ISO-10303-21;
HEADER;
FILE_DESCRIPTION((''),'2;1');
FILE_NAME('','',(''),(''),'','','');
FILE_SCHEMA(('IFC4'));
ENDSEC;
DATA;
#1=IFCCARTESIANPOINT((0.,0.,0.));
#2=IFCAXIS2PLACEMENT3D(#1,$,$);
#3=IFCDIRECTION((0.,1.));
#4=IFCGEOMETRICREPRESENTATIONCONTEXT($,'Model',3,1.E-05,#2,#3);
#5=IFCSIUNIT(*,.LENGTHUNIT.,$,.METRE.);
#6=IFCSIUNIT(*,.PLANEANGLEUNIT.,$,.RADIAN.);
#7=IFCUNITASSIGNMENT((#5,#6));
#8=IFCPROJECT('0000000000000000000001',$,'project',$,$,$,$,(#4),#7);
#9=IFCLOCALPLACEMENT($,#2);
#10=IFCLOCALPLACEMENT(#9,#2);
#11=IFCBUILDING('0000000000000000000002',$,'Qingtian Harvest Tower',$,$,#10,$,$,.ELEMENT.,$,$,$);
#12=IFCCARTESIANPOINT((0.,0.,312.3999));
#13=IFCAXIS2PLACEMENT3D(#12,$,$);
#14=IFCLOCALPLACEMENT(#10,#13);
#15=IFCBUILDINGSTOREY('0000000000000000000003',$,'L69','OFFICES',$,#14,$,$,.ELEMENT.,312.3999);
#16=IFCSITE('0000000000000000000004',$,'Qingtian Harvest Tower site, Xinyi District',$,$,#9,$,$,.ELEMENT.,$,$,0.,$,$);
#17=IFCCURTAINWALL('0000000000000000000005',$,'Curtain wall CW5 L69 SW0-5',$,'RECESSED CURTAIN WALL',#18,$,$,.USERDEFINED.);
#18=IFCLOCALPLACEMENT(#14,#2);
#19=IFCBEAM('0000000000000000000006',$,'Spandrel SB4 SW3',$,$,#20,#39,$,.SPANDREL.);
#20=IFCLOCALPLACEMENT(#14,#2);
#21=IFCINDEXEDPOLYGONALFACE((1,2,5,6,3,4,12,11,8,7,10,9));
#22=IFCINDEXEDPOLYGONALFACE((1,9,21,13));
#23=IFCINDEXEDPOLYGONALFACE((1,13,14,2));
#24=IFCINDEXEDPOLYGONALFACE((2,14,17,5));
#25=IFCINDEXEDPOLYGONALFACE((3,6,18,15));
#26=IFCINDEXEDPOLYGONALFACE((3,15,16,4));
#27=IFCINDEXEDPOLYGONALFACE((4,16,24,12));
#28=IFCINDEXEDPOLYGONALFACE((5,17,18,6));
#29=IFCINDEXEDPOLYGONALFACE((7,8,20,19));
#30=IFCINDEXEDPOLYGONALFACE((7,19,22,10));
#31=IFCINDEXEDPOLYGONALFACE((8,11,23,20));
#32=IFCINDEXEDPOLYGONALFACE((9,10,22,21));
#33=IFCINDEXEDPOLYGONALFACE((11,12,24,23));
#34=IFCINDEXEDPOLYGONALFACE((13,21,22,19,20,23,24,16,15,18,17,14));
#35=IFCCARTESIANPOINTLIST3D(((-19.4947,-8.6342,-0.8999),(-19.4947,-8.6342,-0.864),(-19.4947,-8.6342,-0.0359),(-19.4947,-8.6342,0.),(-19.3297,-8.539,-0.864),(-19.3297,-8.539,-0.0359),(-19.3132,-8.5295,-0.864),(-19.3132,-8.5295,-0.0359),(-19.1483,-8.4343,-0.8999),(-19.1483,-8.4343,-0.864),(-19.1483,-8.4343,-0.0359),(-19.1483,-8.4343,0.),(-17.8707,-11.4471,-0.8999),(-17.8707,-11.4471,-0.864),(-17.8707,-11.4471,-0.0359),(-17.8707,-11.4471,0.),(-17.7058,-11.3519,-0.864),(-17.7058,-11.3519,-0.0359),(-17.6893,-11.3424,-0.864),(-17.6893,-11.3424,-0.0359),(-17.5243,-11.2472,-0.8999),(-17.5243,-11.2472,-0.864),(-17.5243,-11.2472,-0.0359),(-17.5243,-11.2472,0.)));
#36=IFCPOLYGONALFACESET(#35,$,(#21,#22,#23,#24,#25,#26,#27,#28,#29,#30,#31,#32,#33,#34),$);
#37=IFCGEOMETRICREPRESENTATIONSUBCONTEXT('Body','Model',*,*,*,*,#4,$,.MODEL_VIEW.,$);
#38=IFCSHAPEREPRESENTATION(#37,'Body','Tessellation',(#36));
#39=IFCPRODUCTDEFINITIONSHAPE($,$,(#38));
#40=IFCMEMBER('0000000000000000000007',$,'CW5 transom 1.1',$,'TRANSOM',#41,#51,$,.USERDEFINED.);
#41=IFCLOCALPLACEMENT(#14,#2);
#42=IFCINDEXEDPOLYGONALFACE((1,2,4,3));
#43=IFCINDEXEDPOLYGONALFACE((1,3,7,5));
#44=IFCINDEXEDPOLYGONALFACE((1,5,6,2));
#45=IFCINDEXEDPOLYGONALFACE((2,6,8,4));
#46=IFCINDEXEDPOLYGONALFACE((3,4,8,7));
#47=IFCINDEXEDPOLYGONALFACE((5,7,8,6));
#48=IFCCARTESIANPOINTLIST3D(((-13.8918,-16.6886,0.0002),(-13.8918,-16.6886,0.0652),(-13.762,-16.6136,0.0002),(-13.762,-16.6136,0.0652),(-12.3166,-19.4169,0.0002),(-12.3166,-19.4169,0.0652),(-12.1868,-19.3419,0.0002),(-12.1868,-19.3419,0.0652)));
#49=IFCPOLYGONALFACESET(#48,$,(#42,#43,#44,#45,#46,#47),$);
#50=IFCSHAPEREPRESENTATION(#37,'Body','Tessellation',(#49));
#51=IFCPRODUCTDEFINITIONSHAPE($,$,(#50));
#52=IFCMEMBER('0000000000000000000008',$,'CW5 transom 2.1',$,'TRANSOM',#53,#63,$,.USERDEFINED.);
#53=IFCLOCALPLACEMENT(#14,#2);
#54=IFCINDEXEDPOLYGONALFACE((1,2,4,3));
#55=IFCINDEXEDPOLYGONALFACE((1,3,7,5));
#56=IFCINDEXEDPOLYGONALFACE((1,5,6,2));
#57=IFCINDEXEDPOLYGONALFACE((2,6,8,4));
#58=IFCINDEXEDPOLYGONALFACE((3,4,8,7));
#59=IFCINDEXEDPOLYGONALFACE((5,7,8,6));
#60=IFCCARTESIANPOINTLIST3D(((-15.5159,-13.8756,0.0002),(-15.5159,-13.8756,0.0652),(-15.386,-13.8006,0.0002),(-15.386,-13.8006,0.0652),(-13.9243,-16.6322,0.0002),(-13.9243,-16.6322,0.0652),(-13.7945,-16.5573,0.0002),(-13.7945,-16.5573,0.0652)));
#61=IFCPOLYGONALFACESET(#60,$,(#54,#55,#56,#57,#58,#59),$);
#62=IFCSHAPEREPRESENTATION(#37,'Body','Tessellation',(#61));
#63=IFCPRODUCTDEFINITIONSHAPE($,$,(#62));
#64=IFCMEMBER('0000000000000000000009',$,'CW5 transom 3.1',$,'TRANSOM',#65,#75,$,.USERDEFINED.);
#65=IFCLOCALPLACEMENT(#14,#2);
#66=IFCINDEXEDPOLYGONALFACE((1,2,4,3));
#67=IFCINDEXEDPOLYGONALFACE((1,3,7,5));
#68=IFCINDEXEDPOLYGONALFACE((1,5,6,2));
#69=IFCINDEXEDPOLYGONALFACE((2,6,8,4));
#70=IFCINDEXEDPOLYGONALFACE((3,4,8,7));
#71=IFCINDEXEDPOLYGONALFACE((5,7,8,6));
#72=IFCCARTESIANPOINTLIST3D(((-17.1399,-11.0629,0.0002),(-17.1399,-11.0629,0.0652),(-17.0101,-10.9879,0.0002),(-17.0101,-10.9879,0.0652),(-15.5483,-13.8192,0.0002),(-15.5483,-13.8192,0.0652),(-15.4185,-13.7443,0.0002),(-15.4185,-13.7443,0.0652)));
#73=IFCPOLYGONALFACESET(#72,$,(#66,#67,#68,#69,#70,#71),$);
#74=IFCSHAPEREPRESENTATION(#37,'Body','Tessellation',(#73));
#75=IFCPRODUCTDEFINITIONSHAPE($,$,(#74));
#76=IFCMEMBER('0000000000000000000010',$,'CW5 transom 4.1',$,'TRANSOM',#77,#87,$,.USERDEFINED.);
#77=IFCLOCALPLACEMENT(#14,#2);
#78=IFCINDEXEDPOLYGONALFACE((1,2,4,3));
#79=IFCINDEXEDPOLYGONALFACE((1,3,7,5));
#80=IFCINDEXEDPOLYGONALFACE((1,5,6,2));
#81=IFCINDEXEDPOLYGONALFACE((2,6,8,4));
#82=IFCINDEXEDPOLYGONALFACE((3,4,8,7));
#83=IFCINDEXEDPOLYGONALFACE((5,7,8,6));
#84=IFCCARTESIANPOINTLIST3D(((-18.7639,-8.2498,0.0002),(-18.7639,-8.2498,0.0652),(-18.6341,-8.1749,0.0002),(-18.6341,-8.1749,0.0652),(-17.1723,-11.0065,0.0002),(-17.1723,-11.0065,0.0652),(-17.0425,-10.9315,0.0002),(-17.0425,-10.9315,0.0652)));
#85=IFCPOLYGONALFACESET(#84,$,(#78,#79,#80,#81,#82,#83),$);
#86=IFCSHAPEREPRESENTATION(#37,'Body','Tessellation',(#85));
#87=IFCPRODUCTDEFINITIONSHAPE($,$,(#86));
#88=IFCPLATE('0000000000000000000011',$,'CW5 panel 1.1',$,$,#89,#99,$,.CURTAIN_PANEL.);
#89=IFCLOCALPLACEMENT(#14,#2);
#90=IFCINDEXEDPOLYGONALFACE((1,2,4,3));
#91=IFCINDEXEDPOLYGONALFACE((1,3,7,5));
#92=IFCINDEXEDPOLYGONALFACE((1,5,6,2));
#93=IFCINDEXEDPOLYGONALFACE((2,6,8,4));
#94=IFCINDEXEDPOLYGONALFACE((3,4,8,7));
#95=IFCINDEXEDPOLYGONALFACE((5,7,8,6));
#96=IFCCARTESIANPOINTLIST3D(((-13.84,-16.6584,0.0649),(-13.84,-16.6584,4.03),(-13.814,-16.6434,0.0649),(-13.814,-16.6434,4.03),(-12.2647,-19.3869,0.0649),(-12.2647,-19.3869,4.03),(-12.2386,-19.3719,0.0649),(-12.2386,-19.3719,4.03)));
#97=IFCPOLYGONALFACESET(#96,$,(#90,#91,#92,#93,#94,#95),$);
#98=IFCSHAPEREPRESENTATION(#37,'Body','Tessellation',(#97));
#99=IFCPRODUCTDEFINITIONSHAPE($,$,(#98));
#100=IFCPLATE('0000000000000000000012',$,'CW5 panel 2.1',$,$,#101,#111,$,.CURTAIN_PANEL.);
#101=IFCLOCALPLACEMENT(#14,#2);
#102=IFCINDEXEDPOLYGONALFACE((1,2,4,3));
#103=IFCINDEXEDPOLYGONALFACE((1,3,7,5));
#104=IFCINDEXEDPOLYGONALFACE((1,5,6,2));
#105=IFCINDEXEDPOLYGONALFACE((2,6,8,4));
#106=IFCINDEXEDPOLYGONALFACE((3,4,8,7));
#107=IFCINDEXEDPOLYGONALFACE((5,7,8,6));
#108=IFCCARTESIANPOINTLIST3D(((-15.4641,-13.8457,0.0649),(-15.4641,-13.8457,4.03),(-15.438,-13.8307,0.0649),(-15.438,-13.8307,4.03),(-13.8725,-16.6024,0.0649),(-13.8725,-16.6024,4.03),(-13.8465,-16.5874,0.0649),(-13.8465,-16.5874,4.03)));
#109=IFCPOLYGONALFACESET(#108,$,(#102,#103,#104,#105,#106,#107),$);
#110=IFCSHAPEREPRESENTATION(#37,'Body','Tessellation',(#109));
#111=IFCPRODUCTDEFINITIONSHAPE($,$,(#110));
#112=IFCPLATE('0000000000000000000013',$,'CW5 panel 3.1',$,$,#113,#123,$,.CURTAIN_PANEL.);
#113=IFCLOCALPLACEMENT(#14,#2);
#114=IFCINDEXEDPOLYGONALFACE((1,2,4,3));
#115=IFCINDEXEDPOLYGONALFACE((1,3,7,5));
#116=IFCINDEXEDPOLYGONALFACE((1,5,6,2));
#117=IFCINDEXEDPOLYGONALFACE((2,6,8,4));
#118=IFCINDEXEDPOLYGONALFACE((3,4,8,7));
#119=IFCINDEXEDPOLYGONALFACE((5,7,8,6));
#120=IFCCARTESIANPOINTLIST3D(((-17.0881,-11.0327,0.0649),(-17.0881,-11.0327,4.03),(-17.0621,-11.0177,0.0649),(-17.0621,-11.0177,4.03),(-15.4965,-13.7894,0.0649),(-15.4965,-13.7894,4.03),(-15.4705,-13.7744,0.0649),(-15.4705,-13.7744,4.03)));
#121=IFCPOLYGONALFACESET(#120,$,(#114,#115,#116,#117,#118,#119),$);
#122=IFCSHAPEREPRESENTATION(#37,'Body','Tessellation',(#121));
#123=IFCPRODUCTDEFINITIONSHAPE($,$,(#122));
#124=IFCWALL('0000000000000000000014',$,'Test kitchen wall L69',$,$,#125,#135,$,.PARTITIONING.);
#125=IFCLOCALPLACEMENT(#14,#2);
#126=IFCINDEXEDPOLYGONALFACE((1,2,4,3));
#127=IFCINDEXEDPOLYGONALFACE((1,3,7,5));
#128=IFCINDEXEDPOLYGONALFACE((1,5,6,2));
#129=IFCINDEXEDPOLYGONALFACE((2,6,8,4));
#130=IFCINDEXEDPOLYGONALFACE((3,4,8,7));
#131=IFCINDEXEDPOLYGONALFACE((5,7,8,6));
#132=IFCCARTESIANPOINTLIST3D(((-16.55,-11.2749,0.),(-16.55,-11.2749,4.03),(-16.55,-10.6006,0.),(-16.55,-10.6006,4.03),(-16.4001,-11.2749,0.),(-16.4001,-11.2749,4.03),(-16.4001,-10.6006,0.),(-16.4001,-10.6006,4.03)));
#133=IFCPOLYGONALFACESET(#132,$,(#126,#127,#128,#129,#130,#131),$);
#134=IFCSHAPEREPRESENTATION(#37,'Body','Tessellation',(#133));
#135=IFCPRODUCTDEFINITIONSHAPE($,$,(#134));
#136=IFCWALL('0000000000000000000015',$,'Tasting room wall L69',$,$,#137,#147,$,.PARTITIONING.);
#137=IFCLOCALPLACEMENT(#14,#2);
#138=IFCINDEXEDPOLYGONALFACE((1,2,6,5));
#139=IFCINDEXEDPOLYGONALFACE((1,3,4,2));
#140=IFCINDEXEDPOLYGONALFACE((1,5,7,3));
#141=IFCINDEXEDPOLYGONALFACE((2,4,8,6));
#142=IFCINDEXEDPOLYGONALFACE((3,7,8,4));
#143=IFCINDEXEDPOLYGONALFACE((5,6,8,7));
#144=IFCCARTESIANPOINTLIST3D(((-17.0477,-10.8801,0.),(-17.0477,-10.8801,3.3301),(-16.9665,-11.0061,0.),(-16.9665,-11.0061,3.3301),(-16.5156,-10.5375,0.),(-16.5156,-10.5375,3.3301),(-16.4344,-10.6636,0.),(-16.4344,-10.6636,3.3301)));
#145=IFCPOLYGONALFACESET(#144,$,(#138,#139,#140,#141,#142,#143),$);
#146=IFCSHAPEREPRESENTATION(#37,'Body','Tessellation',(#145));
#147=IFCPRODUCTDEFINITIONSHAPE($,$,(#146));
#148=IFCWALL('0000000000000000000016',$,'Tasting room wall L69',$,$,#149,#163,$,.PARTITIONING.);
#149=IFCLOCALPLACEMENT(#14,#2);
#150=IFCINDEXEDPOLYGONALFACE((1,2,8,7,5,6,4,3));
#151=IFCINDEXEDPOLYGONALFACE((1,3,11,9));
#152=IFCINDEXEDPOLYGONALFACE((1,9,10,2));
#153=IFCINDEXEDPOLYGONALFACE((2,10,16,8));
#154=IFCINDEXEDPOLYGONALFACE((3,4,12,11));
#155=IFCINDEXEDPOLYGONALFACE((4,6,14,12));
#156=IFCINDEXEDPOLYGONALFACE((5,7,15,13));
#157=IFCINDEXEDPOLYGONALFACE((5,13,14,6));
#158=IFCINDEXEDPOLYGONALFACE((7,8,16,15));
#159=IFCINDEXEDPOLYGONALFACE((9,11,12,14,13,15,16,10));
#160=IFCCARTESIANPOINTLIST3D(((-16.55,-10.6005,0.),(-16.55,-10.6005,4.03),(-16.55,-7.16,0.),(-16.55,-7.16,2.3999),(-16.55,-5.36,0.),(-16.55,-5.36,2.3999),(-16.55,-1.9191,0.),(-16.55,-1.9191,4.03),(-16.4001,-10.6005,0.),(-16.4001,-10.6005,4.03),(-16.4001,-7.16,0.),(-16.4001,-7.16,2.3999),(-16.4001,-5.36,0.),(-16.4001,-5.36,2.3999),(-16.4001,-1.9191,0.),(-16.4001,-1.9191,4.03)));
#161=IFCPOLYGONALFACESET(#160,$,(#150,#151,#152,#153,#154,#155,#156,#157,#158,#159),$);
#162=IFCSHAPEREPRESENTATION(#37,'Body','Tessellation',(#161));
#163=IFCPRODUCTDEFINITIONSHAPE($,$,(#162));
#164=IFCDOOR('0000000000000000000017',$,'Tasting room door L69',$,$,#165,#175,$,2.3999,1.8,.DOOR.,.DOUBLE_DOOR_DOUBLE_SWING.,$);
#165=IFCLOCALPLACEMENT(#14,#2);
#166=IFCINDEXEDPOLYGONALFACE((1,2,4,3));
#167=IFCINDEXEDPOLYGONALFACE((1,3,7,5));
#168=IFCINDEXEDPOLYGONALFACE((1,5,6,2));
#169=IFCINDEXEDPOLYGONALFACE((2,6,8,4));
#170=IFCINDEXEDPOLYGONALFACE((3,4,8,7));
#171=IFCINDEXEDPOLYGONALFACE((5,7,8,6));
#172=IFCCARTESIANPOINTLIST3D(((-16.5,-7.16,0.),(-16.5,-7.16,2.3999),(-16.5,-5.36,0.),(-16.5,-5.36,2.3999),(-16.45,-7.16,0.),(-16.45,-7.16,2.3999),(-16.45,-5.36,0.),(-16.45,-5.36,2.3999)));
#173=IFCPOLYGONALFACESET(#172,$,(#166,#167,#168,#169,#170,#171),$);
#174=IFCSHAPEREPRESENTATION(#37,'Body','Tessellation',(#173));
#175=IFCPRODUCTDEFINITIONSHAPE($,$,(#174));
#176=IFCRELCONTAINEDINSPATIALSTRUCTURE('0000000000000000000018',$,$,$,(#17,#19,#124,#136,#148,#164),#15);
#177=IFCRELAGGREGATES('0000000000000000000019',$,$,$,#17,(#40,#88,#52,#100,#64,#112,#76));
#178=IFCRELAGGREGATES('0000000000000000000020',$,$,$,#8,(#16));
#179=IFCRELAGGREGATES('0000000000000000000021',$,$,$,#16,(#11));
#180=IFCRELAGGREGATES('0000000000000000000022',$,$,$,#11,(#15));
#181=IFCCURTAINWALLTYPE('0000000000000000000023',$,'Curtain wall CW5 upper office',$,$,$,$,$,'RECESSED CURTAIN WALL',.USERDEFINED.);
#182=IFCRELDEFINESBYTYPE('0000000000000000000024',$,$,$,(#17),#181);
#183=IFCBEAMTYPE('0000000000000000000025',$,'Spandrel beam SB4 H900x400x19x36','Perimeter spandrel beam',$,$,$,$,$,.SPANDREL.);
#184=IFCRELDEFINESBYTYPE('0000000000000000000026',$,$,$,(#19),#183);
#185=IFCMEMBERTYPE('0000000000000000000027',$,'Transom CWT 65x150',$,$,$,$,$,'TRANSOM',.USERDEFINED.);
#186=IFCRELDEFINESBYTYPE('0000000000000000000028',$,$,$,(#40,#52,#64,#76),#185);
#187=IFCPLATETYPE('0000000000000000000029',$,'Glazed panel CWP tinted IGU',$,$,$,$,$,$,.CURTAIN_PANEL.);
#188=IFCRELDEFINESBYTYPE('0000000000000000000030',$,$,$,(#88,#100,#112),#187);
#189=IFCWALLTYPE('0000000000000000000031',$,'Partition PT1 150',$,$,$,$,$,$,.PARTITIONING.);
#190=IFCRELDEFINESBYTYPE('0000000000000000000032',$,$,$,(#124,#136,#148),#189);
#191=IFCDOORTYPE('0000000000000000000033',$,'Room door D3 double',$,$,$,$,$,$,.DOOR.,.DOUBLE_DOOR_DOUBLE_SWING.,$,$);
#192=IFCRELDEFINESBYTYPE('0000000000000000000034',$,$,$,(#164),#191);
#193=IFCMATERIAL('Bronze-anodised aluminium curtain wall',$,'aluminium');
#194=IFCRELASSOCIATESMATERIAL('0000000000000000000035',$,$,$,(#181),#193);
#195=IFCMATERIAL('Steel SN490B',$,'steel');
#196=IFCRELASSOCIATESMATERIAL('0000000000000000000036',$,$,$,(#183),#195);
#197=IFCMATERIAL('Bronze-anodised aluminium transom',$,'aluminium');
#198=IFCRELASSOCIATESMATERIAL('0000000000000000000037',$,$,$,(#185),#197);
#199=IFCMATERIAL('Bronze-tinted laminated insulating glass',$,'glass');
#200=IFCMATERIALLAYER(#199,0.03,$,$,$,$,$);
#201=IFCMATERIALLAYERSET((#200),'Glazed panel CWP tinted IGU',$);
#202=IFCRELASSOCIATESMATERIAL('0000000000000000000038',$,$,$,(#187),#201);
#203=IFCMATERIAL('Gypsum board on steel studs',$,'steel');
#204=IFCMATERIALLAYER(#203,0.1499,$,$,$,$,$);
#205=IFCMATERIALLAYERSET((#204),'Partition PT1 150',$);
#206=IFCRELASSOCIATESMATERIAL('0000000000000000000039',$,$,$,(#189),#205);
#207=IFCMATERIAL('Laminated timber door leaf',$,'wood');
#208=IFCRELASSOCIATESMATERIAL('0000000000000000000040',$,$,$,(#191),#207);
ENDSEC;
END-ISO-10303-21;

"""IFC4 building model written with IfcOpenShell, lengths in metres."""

from ifc_helpers import new_model, si_unit, direction, frame, frame_2d, origin, origin_2d, place, context, subcontext, project, spatial, rectangle, i_section, extrude, material, layer, layer_set, material_profile, profile_set, type_object, element, fill, aggregate, save


model = new_model("IFC4")

# Units and contexts
model_context = context("Model", 3, precision=1e-05, world=origin(), true_north=direction((0.0, 1.0)))
body_context = subcontext(model_context, "Body", "Model", "MODEL_VIEW")
ifc_project = project(units=[si_unit("LENGTHUNIT", "METRE"), si_unit("PLANEANGLEUNIT", "RADIAN")], contexts=[model_context])

# Site, building, storey
site_placement = place(None, origin())
site = spatial("IfcSite", under=ifc_project, at=site_placement, Name="Qingtian Harvest Tower site, Xinyi District", CompositionType="ELEMENT", RefElevation=0.0)
building_placement = place(site_placement, origin())
building = spatial("IfcBuilding", under=site, at=building_placement, Name="Qingtian Harvest Tower", CompositionType="ELEMENT")
storey_placement = place(building_placement, frame((0.0, 0.0, 312.3999)))
storey = spatial("IfcBuildingStorey", under=building, at=storey_placement, Name="L69", Description="OFFICES", CompositionType="ELEMENT", Elevation=312.3999)

# Shared definitions
ifc_material_1 = material(Name="Bronze-anodised aluminium curtain wall", Category="aluminium")
curtain_wall_type = type_object("IfcCurtainWallType", Name="Curtain wall CW5 upper office", ElementType="RECESSED CURTAIN WALL", PredefinedType="USERDEFINED", material=ifc_material_1)

# Curtain wall
curtain_wall_1_placement = place(storey_placement, origin())
curtain_wall_1 = element("IfcCurtainWall", 1, at=curtain_wall_1_placement, inside=storey, type_object=curtain_wall_type, Name="Curtain wall CW5 L69 SW0-5", ObjectType="RECESSED CURTAIN WALL", PredefinedType="USERDEFINED")

# Beam
ifc_material_2 = material(Name="Steel SN490B", Category="steel")
ifc_material_profile_1 = material_profile(ifc_material_2, i_section(OverallWidth=0.3999, OverallDepth=0.8999, WebThickness=0.019, FlangeThickness=0.0359, at=origin_2d()), Name="H900x400x19x36")
ifc_profile_set_1 = profile_set([ifc_material_profile_1], Name="Steel SN490B")
beam_type_1 = type_object("IfcBeamType", Name="Spandrel beam SB4 H900x400x19x36", Description="Perimeter spandrel beam", PredefinedType="SPANDREL", material=ifc_profile_set_1)
beam_1_placement = place(storey_placement, frame((-17.6975, -11.3472, -0.45), z_axis=(-0.499987, 0.866033, 0.0), x_axis=(-0.866033, -0.499987, 0.0)))
element("IfcBeam", 2, at=beam_1_placement, inside=storey, type_object=beam_type_1, Name="Spandrel SB4 SW3", PredefinedType="SPANDREL", context=body_context, shape_type="SweptSolid", body=[
    extrude(i_section(OverallWidth=0.3999, OverallDepth=0.8999, WebThickness=0.019, FlangeThickness=0.0359, at=origin_2d()), origin(), (0.0, 0.0, 1.0), 3.248),
])

# Members
ifc_material_3 = material(Name="Bronze-anodised aluminium transom", Category="aluminium")
ifc_material_profile_2 = material_profile(ifc_material_3, rectangle(XDim=0.1499, YDim=0.0649, at=origin_2d()), Name="AL 65x150")
ifc_profile_set_2 = profile_set([ifc_material_profile_2], Name="Bronze-anodised aluminium transom")
member_type_1 = type_object("IfcMemberType", Name="Transom CWT 65x150", ElementType="TRANSOM", PredefinedType="USERDEFINED", material=ifc_profile_set_2)
member_1_placement = place(storey_placement, frame((-12.2517, -19.3794, 0.0327), z_axis=(-0.500006, 0.866022, 0.0), x_axis=(-0.866022, -0.500006, 0.0)))
member_1 = element("IfcMember", 3, at=member_1_placement, type_object=member_type_1, Name="CW5 transom 1.1", ObjectType="TRANSOM", PredefinedType="USERDEFINED", context=body_context, shape_type="SweptSolid", body=[
    extrude(rectangle(XDim=0.1499, YDim=0.0649, at=origin_2d()), origin(), (0.0, 0.0, 1.0), 3.1504),
])
member_2_placement = place(storey_placement, frame((-13.8594, -16.5947, 0.0327), z_axis=(-0.500008, 0.866021, 0.0), x_axis=(-0.866021, -0.500008, 0.0)))
member_2 = element("IfcMember", 4, at=member_2_placement, type_object=member_type_1, Name="CW5 transom 2.1", ObjectType="TRANSOM", PredefinedType="USERDEFINED", context=body_context, shape_type="SweptSolid", body=[
    extrude(rectangle(XDim=0.1499, YDim=0.0649, at=origin_2d()), origin(), (0.0, 0.0, 1.0), 3.1831),
])
member_3_placement = place(storey_placement, frame((-15.4834, -13.7817, 0.0327), z_axis=(-0.500041, 0.866002, 0.0), x_axis=(-0.866002, -0.500041, 0.0)))
member_3 = element("IfcMember", 5, at=member_3_placement, type_object=member_type_1, Name="CW5 transom 3.1", ObjectType="TRANSOM", PredefinedType="USERDEFINED", context=body_context, shape_type="SweptSolid", body=[
    extrude(rectangle(XDim=0.1499, YDim=0.0649, at=origin_2d()), origin(), (0.0, 0.0, 1.0), 3.1829),
])
member_4_placement = place(storey_placement, frame((-17.1074, -10.969, 0.0327), z_axis=(-0.500008, 0.866021, 0.0), x_axis=(-0.866021, -0.500008, 0.0)))
member_4 = element("IfcMember", 6, at=member_4_placement, type_object=member_type_1, Name="CW5 transom 4.1", ObjectType="TRANSOM", PredefinedType="USERDEFINED", context=body_context, shape_type="SweptSolid", body=[
    extrude(rectangle(XDim=0.1499, YDim=0.0649, at=origin_2d()), origin(), (0.0, 0.0, 1.0), 3.1831),
])

# Plates
ifc_material_4 = material(Name="Bronze-tinted laminated insulating glass", Category="glass")
ifc_layer_1 = layer(ifc_material_4, 0.03)
ifc_layer_set_1 = layer_set([ifc_layer_1], Name="Glazed panel CWP tinted IGU")
plate_type = type_object("IfcPlateType", Name="Glazed panel CWP tinted IGU", PredefinedType="CURTAIN_PANEL", material=ifc_layer_set_1)
plate_1_placement = place(storey_placement, frame((-13.0393, -18.0151, 0.0649), z_axis=(0.0, 0.0, 1.0), x_axis=(-0.5, 0.866025, 0.0)))
plate_1 = element("IfcPlate", 7, at=plate_1_placement, type_object=plate_type, Name="CW5 panel 1.1", PredefinedType="CURTAIN_PANEL", context=body_context, shape_type="SweptSolid", body=[
    extrude(rectangle(XDim=3.1506, YDim=0.03, at=origin_2d()), origin(), (0.0, 0.0, 1.0), 3.9651),
])
plate_2_placement = place(storey_placement, frame((-14.6553, -15.2166, 0.0649), z_axis=(0.0, 0.0, 1.0), x_axis=(-0.5, 0.866025, 0.0)))
plate_2 = element("IfcPlate", 8, at=plate_2_placement, type_object=plate_type, Name="CW5 panel 2.1", PredefinedType="CURTAIN_PANEL", context=body_context, shape_type="SweptSolid", body=[
    extrude(rectangle(XDim=3.1831, YDim=0.03, at=origin_2d()), origin(), (0.0, 0.0, 1.0), 3.9651),
])
plate_3_placement = place(storey_placement, frame((-16.2793, -12.4036, 0.0649), z_axis=(0.0, 0.0, 1.0), x_axis=(-0.5, 0.866025, 0.0)))
plate_3 = element("IfcPlate", 9, at=plate_3_placement, type_object=plate_type, Name="CW5 panel 3.1", PredefinedType="CURTAIN_PANEL", context=body_context, shape_type="SweptSolid", body=[
    extrude(rectangle(XDim=3.1831, YDim=0.03, at=origin_2d()), origin(), (0.0, 0.0, 1.0), 3.9651),
])
aggregate(curtain_wall_1, [member_1, plate_1, member_2, plate_2, member_3, plate_3, member_4])

# Walls
ifc_material_5 = material(Name="Gypsum board on steel studs", Category="steel")
ifc_layer_2 = layer(ifc_material_5, 0.1499)
ifc_layer_set_2 = layer_set([ifc_layer_2], Name="Partition PT1 150")
wall_type = type_object("IfcWallType", Name="Partition PT1 150", PredefinedType="PARTITIONING", material=ifc_layer_set_2)
wall_1_placement = place(storey_placement, frame((-16.4751, -11.2749, 0.0), z_axis=(0.0, 0.0, 1.0), x_axis=(0.0, 1.0, 0.0)))
element("IfcWall", 10, at=wall_1_placement, inside=storey, type_object=wall_type, Name="Test kitchen wall L69", PredefinedType="PARTITIONING", context=body_context, shape_type="SweptSolid", body=[
    extrude(rectangle(XDim=0.6743, YDim=0.1499, at=frame_2d((0.3372, 0.0))), origin(), (0.0, 0.0, 1.0), 4.03),
])
wall_2_placement = place(storey_placement, frame((-17.0071, -10.9431, 0.0), z_axis=(0.0, 0.0, 1.0), x_axis=(0.84079, 0.541362, 0.0)))
element("IfcWall", 11, at=wall_2_placement, inside=storey, type_object=wall_type, Name="Tasting room wall L69", PredefinedType="PARTITIONING", context=body_context, shape_type="SweptSolid", body=[
    extrude(rectangle(XDim=0.6328, YDim=0.1499, at=frame_2d((0.3164, 0.0))), origin(), (0.0, 0.0, 1.0), 3.3301),
])

# Wall, opening, door
wall_3_placement = place(storey_placement, frame((-16.4751, -10.6006, 0.0), z_axis=(0.0, 0.0, 1.0), x_axis=(0.0, 1.0, 0.0)))
wall_3 = element("IfcWall", 12, at=wall_3_placement, inside=storey, type_object=wall_type, Name="Tasting room wall L69", PredefinedType="PARTITIONING", context=body_context, shape_type="SweptSolid", body=[
    extrude(rectangle(XDim=8.6814, YDim=0.1499, at=frame_2d((4.3408, 0.0))), origin(), (0.0, 0.0, 1.0), 4.03),
])
opening_placement = place(wall_3_placement, frame((3.4407, 0.0, 0.0)))
opening = element("IfcOpeningElement", 13, at=opening_placement, cuts=wall_3, PredefinedType="OPENING", context=body_context, shape_type="SweptSolid", body=[
    extrude(rectangle(XDim=1.8, YDim=2.3999, at=frame_2d((0.8999, 1.2))), frame((0.0, 0.085, 0.0), z_axis=(0.0, -1.0, 0.0), x_axis=(1.0, 0.0, 0.0)), (0.0, 0.0, 1.0), 0.1699),
])
ifc_material_6 = material(Name="Laminated timber door leaf", Category="wood")
door_type = type_object("IfcDoorType", Name="Room door D3 double", OperationType="DOUBLE_DOOR_DOUBLE_SWING", PredefinedType="DOOR", material=ifc_material_6)
door_placement = place(opening_placement, origin())
door = element("IfcDoor", 14, at=door_placement, inside=storey, type_object=door_type, Name="Tasting room door L69", OperationType="DOUBLE_DOOR_DOUBLE_SWING", OverallHeight=2.3999, OverallWidth=1.8, PredefinedType="DOOR", context=body_context, shape_type="SweptSolid", body=[
    extrude(rectangle(XDim=1.8, YDim=2.3999, at=frame_2d((0.8999, 1.2))), frame((0.0, 0.0249, 0.0), z_axis=(0.0, -1.0, 0.0), x_axis=(1.0, 0.0, 0.0)), (0.0, 0.0, 1.0), 0.05),
])
fill(opening, door)

save(model, "model.ifc")
